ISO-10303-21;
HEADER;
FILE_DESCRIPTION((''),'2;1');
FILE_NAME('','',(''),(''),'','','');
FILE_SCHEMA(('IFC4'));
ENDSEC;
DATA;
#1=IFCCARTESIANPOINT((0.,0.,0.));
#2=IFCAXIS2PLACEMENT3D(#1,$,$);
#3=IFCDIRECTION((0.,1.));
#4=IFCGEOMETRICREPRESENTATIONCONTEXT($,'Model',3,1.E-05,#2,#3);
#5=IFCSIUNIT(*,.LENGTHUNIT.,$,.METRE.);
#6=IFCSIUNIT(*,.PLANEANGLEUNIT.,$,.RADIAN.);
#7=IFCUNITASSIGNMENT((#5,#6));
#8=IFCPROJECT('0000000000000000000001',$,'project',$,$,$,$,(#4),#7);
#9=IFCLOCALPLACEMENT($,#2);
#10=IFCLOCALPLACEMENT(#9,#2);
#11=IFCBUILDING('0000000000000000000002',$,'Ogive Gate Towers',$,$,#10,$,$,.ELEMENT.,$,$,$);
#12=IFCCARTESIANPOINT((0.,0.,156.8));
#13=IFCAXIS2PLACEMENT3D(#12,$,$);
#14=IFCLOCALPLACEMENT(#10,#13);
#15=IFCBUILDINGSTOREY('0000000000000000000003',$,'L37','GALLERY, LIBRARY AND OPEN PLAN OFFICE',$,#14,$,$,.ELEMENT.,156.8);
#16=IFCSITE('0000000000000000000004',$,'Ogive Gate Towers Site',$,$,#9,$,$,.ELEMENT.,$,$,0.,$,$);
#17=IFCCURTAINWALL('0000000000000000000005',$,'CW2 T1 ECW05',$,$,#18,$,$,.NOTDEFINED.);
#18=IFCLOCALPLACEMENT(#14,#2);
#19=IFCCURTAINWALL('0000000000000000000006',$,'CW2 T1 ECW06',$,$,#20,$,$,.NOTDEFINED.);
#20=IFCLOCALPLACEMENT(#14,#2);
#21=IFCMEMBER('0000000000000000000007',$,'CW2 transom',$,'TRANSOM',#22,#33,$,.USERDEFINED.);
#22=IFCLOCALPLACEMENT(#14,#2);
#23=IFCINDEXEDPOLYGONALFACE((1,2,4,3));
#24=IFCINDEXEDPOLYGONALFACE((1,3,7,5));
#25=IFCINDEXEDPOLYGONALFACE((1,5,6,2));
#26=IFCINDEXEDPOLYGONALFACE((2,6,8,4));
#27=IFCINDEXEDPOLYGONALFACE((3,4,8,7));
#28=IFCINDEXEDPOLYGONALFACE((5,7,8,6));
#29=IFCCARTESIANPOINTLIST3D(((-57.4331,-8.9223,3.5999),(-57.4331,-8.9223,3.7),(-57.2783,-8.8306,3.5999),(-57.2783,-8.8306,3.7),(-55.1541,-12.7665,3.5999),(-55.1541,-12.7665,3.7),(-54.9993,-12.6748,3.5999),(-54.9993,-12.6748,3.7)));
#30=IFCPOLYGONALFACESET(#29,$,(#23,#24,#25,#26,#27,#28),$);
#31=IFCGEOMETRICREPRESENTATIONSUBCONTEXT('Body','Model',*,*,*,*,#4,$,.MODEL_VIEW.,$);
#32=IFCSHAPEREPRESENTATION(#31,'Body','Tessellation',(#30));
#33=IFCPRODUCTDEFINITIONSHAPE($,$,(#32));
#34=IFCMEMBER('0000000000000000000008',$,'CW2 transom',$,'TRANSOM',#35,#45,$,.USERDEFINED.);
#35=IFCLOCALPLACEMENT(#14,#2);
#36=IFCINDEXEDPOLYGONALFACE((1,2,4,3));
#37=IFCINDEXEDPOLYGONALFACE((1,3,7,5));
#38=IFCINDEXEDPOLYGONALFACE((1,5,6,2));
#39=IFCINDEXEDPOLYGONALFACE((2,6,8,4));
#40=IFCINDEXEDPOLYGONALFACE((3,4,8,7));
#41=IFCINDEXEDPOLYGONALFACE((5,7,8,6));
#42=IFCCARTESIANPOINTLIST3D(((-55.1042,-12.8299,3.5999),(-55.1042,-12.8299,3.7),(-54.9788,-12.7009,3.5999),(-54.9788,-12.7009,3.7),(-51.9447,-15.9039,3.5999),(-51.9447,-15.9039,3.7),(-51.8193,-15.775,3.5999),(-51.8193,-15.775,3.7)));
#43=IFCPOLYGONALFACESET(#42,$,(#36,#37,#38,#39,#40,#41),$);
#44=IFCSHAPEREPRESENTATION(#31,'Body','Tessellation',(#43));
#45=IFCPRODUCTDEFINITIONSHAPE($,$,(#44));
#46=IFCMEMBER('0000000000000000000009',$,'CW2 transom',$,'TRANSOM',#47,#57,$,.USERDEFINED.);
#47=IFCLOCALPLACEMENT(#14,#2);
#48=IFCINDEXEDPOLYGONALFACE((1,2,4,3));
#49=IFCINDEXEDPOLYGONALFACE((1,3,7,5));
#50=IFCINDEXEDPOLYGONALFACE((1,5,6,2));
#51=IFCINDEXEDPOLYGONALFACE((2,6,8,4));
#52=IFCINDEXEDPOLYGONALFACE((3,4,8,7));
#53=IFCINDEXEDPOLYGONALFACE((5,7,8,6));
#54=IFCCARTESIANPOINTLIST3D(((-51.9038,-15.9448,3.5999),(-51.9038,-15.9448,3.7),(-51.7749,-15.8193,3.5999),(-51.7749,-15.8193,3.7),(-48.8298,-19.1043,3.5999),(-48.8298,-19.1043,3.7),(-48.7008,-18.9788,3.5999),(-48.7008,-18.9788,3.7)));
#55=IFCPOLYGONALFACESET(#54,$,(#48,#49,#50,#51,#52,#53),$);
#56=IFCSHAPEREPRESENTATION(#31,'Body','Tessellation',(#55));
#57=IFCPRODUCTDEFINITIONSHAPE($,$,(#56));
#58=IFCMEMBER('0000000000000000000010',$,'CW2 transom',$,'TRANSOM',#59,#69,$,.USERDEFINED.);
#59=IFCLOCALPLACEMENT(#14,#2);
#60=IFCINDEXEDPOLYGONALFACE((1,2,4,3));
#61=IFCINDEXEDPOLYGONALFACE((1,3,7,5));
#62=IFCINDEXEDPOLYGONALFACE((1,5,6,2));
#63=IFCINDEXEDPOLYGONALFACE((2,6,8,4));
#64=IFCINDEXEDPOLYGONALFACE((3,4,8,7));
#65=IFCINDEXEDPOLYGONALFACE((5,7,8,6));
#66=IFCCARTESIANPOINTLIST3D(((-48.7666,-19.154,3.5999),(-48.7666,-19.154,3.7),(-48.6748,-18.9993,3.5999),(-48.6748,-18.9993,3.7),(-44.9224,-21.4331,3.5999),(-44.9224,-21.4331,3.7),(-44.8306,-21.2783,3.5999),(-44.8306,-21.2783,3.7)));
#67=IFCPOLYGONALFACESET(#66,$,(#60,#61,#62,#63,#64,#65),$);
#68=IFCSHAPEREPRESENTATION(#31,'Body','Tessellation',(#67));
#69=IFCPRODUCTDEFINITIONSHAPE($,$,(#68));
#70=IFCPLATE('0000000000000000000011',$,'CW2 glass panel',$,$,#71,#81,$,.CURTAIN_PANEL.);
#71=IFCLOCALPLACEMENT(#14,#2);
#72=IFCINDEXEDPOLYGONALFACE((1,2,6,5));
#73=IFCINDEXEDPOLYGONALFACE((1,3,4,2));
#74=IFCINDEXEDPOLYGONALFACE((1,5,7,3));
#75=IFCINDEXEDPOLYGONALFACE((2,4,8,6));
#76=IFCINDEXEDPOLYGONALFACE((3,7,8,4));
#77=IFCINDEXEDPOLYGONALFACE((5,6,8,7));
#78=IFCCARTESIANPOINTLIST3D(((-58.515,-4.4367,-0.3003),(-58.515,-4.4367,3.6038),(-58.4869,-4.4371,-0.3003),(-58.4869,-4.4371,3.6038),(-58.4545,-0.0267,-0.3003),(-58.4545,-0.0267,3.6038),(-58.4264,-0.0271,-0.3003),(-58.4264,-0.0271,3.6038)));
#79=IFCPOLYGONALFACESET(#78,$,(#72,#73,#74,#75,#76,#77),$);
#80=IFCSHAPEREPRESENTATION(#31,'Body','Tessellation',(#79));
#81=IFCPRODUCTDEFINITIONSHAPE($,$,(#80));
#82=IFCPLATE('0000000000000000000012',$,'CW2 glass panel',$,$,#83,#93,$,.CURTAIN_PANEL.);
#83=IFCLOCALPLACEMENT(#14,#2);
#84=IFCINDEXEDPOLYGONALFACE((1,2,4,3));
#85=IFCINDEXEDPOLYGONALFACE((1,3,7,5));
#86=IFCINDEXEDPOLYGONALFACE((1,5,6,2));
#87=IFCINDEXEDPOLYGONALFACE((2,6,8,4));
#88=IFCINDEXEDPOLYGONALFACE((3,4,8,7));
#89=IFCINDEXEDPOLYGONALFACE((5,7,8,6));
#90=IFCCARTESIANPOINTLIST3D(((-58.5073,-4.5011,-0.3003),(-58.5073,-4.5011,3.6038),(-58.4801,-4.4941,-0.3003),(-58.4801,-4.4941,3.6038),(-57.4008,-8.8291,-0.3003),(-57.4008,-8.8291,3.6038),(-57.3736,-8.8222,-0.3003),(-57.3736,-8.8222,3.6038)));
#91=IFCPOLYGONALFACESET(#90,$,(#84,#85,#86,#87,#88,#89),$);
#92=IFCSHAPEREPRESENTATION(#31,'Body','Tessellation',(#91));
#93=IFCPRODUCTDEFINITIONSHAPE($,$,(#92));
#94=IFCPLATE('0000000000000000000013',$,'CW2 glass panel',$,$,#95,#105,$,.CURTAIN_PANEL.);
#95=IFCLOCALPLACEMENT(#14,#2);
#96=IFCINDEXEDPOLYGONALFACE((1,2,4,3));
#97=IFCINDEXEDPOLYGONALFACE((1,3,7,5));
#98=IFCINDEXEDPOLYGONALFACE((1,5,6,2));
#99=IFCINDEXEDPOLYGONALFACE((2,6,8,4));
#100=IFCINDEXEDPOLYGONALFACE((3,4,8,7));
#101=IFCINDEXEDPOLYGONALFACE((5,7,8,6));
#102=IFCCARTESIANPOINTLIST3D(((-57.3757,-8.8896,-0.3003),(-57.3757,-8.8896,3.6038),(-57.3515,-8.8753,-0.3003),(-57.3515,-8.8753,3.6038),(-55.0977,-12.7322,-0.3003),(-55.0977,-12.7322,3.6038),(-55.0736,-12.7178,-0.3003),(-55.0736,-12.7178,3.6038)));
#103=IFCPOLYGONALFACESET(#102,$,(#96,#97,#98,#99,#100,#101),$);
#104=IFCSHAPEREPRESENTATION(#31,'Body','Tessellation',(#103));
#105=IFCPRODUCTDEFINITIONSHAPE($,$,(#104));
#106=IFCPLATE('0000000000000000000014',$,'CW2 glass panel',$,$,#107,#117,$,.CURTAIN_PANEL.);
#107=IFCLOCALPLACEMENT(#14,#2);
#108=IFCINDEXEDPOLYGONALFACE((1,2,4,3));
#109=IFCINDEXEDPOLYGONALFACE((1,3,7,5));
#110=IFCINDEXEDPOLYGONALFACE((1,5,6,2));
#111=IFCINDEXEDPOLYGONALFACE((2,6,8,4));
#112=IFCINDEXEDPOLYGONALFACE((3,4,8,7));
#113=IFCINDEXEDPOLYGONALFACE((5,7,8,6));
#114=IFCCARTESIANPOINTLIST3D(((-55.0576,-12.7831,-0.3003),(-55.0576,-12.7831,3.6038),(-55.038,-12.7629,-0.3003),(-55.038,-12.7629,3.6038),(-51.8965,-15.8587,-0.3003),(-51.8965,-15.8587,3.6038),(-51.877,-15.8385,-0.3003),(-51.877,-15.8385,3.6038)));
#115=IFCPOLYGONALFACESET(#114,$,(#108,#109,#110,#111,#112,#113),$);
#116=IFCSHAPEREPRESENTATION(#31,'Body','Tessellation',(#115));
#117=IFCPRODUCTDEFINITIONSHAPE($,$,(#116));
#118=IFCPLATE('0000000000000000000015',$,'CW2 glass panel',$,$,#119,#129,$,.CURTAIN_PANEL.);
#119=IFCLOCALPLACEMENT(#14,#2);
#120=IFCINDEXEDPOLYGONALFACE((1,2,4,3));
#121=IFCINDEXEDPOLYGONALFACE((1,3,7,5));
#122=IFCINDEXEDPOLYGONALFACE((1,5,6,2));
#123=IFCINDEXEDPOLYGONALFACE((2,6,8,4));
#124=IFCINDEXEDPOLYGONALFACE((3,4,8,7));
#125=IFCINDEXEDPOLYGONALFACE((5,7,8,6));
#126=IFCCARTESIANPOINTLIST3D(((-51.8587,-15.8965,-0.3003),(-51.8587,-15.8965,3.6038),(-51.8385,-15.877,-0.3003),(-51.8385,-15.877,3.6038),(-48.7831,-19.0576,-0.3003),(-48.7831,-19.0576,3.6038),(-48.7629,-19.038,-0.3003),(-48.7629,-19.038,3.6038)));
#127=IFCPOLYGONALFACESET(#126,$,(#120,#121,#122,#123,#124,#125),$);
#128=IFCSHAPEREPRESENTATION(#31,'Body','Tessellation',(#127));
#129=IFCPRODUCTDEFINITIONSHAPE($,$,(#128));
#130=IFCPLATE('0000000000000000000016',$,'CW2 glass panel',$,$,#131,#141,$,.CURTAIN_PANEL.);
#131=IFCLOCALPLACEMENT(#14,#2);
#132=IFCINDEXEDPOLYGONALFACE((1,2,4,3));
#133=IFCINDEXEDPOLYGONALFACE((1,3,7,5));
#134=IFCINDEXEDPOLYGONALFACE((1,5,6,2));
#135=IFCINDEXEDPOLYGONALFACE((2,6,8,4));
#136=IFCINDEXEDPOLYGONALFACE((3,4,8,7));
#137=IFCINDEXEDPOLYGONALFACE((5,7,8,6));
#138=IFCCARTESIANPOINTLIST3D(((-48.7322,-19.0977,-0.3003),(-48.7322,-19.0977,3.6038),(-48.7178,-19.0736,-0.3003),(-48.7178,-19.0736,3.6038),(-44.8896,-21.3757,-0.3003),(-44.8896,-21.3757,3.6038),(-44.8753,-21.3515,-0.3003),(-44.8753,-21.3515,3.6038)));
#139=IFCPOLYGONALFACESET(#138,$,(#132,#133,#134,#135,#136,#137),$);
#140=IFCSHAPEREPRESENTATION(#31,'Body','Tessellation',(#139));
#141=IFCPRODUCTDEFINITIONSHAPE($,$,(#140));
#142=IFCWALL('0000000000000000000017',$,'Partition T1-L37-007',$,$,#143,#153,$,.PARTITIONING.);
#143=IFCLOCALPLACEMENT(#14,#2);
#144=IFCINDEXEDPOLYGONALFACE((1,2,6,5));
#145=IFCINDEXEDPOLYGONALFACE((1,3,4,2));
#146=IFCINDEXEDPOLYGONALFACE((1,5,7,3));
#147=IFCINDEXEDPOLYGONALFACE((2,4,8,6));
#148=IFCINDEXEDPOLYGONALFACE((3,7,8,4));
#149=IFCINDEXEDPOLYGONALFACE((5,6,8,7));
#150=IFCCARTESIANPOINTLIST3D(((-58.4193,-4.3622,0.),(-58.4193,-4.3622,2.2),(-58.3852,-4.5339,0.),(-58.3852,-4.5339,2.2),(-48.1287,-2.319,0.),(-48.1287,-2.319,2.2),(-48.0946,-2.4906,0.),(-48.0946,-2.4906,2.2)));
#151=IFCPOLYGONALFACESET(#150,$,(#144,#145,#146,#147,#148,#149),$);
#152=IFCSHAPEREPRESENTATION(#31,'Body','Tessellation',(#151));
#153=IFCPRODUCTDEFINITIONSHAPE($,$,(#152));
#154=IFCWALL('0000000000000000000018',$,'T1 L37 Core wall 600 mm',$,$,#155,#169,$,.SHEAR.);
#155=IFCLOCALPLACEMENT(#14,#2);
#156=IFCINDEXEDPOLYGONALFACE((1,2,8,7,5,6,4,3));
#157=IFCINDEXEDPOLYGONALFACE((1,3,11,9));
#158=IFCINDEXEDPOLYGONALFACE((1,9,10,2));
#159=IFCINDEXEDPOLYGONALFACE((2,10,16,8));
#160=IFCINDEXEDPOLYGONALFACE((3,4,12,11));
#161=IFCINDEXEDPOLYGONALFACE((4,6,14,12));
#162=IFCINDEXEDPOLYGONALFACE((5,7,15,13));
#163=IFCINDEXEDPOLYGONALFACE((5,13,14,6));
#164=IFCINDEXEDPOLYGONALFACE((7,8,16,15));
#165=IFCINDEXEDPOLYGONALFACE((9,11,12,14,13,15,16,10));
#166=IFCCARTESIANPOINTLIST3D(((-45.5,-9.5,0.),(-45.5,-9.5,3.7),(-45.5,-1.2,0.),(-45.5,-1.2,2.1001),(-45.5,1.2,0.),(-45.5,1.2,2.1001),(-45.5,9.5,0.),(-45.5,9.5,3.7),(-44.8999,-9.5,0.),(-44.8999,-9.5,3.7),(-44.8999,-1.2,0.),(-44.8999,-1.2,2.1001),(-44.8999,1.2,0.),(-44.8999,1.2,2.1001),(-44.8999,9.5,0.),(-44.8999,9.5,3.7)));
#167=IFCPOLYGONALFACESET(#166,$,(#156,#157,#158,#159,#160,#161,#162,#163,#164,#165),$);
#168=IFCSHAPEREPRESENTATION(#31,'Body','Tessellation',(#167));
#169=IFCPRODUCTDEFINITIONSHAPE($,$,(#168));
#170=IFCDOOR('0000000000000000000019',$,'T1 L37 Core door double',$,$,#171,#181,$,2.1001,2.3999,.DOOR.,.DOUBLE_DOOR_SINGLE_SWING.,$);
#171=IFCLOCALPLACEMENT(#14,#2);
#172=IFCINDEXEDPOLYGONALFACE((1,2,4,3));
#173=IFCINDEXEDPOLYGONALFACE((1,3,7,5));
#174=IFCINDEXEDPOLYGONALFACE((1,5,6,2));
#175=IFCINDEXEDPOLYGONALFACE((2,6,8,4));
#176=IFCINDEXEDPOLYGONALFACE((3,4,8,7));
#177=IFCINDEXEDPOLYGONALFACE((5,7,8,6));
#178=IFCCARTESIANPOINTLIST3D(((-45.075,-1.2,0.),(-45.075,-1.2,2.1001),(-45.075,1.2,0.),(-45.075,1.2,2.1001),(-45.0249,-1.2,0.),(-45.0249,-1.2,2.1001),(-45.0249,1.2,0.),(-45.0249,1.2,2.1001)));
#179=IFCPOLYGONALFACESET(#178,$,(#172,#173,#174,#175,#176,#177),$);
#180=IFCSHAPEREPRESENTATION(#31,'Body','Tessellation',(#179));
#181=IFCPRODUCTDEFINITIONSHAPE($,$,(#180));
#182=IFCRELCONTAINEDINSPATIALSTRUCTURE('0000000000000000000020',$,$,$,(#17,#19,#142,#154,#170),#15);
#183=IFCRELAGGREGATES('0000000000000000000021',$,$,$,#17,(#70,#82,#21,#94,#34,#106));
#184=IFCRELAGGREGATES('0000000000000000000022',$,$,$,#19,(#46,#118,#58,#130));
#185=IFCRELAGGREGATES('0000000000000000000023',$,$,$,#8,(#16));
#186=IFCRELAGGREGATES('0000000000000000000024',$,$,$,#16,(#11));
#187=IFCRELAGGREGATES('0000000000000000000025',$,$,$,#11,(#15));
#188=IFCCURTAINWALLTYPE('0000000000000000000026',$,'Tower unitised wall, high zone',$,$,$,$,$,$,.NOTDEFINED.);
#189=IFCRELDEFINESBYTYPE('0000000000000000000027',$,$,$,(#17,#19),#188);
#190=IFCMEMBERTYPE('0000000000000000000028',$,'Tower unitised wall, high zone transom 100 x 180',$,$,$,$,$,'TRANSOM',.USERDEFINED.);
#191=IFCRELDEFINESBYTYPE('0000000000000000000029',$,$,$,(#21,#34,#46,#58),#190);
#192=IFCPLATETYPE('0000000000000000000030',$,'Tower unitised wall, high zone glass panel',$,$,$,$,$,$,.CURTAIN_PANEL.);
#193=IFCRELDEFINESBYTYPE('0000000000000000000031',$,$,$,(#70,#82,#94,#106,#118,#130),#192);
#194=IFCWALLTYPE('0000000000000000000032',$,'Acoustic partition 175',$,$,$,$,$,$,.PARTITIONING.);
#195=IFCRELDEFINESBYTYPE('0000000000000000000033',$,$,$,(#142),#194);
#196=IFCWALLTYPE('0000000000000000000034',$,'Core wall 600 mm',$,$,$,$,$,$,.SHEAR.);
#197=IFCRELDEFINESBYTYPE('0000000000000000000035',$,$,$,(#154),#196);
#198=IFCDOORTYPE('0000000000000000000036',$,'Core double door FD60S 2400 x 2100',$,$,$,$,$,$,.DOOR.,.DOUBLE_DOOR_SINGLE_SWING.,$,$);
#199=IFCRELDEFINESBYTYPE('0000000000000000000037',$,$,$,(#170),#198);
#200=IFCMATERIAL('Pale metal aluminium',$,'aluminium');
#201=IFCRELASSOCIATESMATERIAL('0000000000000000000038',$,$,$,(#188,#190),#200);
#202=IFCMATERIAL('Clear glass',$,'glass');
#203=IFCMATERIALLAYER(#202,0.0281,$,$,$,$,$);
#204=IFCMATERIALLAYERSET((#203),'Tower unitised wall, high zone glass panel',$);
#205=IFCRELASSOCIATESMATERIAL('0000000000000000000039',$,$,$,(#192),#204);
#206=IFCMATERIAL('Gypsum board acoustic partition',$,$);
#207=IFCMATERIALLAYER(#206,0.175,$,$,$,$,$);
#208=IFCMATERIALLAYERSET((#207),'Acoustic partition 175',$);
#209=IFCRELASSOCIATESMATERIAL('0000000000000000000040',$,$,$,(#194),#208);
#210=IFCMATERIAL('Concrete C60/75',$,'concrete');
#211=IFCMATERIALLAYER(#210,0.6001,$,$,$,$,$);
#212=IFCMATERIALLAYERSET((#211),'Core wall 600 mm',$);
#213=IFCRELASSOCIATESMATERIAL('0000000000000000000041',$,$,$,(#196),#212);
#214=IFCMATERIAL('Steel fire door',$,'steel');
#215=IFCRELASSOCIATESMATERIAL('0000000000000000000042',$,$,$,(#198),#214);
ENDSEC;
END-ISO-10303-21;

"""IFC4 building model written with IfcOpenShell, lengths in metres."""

from ifc_helpers import new_model, si_unit, direction, frame, frame_2d, origin, origin_2d, place, context, subcontext, project, spatial, rectangle, extrude, material, layer, layer_set, material_profile, profile_set, type_object, element, fill, aggregate, save


model = new_model("IFC4")

# Units and contexts
model_context = context("Model", 3, precision=1e-05, world=origin(), true_north=direction((0.0, 1.0)))
body_context = subcontext(model_context, "Body", "Model", "MODEL_VIEW")
ifc_project = project(units=[si_unit("LENGTHUNIT", "METRE"), si_unit("PLANEANGLEUNIT", "RADIAN")], contexts=[model_context])

# Site, building, storey
site_placement = place(None, origin())
site = spatial("IfcSite", under=ifc_project, at=site_placement, Name="Ogive Gate Towers Site", CompositionType="ELEMENT", RefElevation=0.0)
building_placement = place(site_placement, origin())
building = spatial("IfcBuilding", under=site, at=building_placement, Name="Ogive Gate Towers", CompositionType="ELEMENT")
storey_placement = place(building_placement, frame((0.0, 0.0, 156.8)))
storey = spatial("IfcBuildingStorey", under=building, at=storey_placement, Name="L37", Description="GALLERY, LIBRARY AND OPEN PLAN OFFICE", CompositionType="ELEMENT", Elevation=156.8)

# Curtain wall
ifc_material_1 = material(Name="Pale metal aluminium", Category="aluminium")
curtain_wall_type = type_object("IfcCurtainWallType", Name="Tower unitised wall, high zone", PredefinedType="NOTDEFINED", material=ifc_material_1)
curtain_wall_1_placement = place(storey_placement, origin())
curtain_wall_1 = element("IfcCurtainWall", 1, at=curtain_wall_1_placement, inside=storey, type_object=curtain_wall_type, Name="CW2 T1 ECW05", PredefinedType="NOTDEFINED")

# Curtain wall
curtain_wall_2_placement = place(storey_placement, origin())
curtain_wall_2 = element("IfcCurtainWall", 2, at=curtain_wall_2_placement, inside=storey, type_object=curtain_wall_type, Name="CW2 T1 ECW06", PredefinedType="NOTDEFINED")

# Members
ifc_material_profile_1 = material_profile(ifc_material_1, rectangle(XDim=0.1799, YDim=0.1001, at=origin_2d()), Name="100 x 180 aluminium box")
ifc_profile_set_1 = profile_set([ifc_material_profile_1], Name="Pale metal aluminium")
member_type_1 = type_object("IfcMemberType", Name="Tower unitised wall, high zone transom 100 x 180", ElementType="TRANSOM", PredefinedType="USERDEFINED", material=ifc_profile_set_1)
member_1_placement = place(storey_placement, frame((-57.3557, -8.8765, 3.6499), z_axis=(0.509966, -0.860195, 0.0), x_axis=(0.860195, 0.509966, 0.0)))
member_1 = element("IfcMember", 3, at=member_1_placement, type_object=member_type_1, Name="CW2 transom", ObjectType="TRANSOM", PredefinedType="USERDEFINED", context=body_context, shape_type="SweptSolid", body=[
    extrude(rectangle(XDim=0.1799, YDim=0.1001, at=origin_2d()), origin(), (0.0, 0.0, 1.0), 4.469),
])
member_2_placement = place(storey_placement, frame((-55.0415, -12.7654, 3.6499), z_axis=(0.716733, -0.697348, 0.0), x_axis=(0.697348, 0.716733, 0.0)))
member_2 = element("IfcMember", 4, at=member_2_placement, type_object=member_type_1, Name="CW2 transom", ObjectType="TRANSOM", PredefinedType="USERDEFINED", context=body_context, shape_type="SweptSolid", body=[
    extrude(rectangle(XDim=0.1799, YDim=0.1001, at=origin_2d()), origin(), (0.0, 0.0, 1.0), 4.4082),
])
member_3_placement = place(storey_placement, frame((-51.8394, -15.8821, 3.6499), z_axis=(0.697348, -0.716733, 0.0), x_axis=(0.716733, 0.697348, 0.0)))
member_3 = element("IfcMember", 5, at=member_3_placement, type_object=member_type_1, Name="CW2 transom", ObjectType="TRANSOM", PredefinedType="USERDEFINED", context=body_context, shape_type="SweptSolid", body=[
    extrude(rectangle(XDim=0.1799, YDim=0.1001, at=origin_2d()), origin(), (0.0, 0.0, 1.0), 4.4082),
])
member_4_placement = place(storey_placement, frame((-48.7207, -19.0767, 3.6499), z_axis=(0.860195, -0.509966, 0.0), x_axis=(0.509966, 0.860195, 0.0)))
member_4 = element("IfcMember", 6, at=member_4_placement, type_object=member_type_1, Name="CW2 transom", ObjectType="TRANSOM", PredefinedType="USERDEFINED", context=body_context, shape_type="SweptSolid", body=[
    extrude(rectangle(XDim=0.1799, YDim=0.1001, at=origin_2d()), origin(), (0.0, 0.0, 1.0), 4.469),
])

# Plates
ifc_material_2 = material(Name="Clear glass", Category="glass")
ifc_layer_1 = layer(ifc_material_2, 0.0281)
ifc_layer_set_1 = layer_set([ifc_layer_1], Name="Tower unitised wall, high zone glass panel")
plate_type = type_object("IfcPlateType", Name="Tower unitised wall, high zone glass panel", PredefinedType="CURTAIN_PANEL", material=ifc_layer_set_1)
plate_1_placement = place(storey_placement, frame((-58.4707, -2.2319, -0.3003), z_axis=(0.0, 0.0, 1.0), x_axis=(-0.013718, -0.999906, 0.0)))
plate_1 = element("IfcPlate", 7, at=plate_1_placement, type_object=plate_type, Name="CW2 glass panel", PredefinedType="CURTAIN_PANEL", context=body_context, shape_type="SweptSolid", body=[
    extrude(rectangle(XDim=4.4104, YDim=0.0281, at=origin_2d()), origin(), (0.0, 0.0, 1.0), 3.9041),
])
plate_2_placement = place(storey_placement, frame((-57.9404, -6.6616, -0.3003), z_axis=(0.0, 0.0, 1.0), x_axis=(0.247692, -0.968839, 0.0)))
plate_2 = element("IfcPlate", 8, at=plate_2_placement, type_object=plate_type, Name="CW2 glass panel", PredefinedType="CURTAIN_PANEL", context=body_context, shape_type="SweptSolid", body=[
    extrude(rectangle(XDim=4.4673, YDim=0.0281, at=origin_2d()), origin(), (0.0, 0.0, 1.0), 3.9041),
])
plate_3_placement = place(storey_placement, frame((-56.2246, -10.8037, -0.3003), z_axis=(0.0, 0.0, 1.0), x_axis=(0.509943, -0.860208, 0.0)))
plate_3 = element("IfcPlate", 9, at=plate_3_placement, type_object=plate_type, Name="CW2 glass panel", PredefinedType="CURTAIN_PANEL", context=body_context, shape_type="SweptSolid", body=[
    extrude(rectangle(XDim=4.467, YDim=0.0281, at=origin_2d()), origin(), (0.0, 0.0, 1.0), 3.9041),
])
plate_4_placement = place(storey_placement, frame((-53.4673, -14.3108, -0.3003), z_axis=(0.0, 0.0, 1.0), x_axis=(0.716728, -0.697353, 0.0)))
plate_4 = element("IfcPlate", 10, at=plate_4_placement, type_object=plate_type, Name="CW2 glass panel", PredefinedType="CURTAIN_PANEL", context=body_context, shape_type="SweptSolid", body=[
    extrude(rectangle(XDim=4.4104, YDim=0.0281, at=origin_2d()), origin(), (0.0, 0.0, 1.0), 3.9041),
])
aggregate(curtain_wall_1, [plate_1, plate_2, member_1, plate_3, member_2, plate_4])
plate_5_placement = place(storey_placement, frame((-50.3108, -17.4673, -0.3003), z_axis=(0.0, 0.0, 1.0), x_axis=(0.697353, -0.716728, 0.0)))
plate_5 = element("IfcPlate", 11, at=plate_5_placement, type_object=plate_type, Name="CW2 glass panel", PredefinedType="CURTAIN_PANEL", context=body_context, shape_type="SweptSolid", body=[
    extrude(rectangle(XDim=4.4104, YDim=0.0281, at=origin_2d()), origin(), (0.0, 0.0, 1.0), 3.9041),
])
plate_6_placement = place(storey_placement, frame((-46.8037, -20.2246, -0.3003), z_axis=(0.0, 0.0, 1.0), x_axis=(0.860208, -0.509943, 0.0)))
plate_6 = element("IfcPlate", 12, at=plate_6_placement, type_object=plate_type, Name="CW2 glass panel", PredefinedType="CURTAIN_PANEL", context=body_context, shape_type="SweptSolid", body=[
    extrude(rectangle(XDim=4.467, YDim=0.0281, at=origin_2d()), origin(), (0.0, 0.0, 1.0), 3.9041),
])
aggregate(curtain_wall_2, [member_3, plate_5, member_4, plate_6])

# Wall
ifc_material_3 = material(Name="Gypsum board acoustic partition")
ifc_layer_2 = layer(ifc_material_3, 0.175)
ifc_layer_set_2 = layer_set([ifc_layer_2], Name="Acoustic partition 175")
wall_type_1 = type_object("IfcWallType", Name="Acoustic partition 175", PredefinedType="PARTITIONING", material=ifc_layer_set_2)
wall_1_placement = place(storey_placement, frame((-58.4021, -4.448, 0.0), z_axis=(0.0, 0.0, 1.0), x_axis=(0.980853, 0.194751, 0.0)))
element("IfcWall", 13, at=wall_1_placement, inside=storey, type_object=wall_type_1, Name="Partition T1-L37-007", PredefinedType="PARTITIONING", context=body_context, shape_type="SweptSolid", body=[
    extrude(rectangle(XDim=10.4915, YDim=0.175, at=frame_2d((5.2456, 0.0))), origin(), (0.0, 0.0, 1.0), 2.2),
])

# Wall, opening, door
ifc_material_4 = material(Name="Concrete C60/75", Category="concrete")
ifc_layer_3 = layer(ifc_material_4, 0.6001)
ifc_layer_set_3 = layer_set([ifc_layer_3], Name="Core wall 600 mm")
wall_type_2 = type_object("IfcWallType", Name="Core wall 600 mm", PredefinedType="SHEAR", material=ifc_layer_set_3)
wall_2_placement = place(storey_placement, frame((-45.2, -9.5, 0.0), z_axis=(0.0, 0.0, 1.0), x_axis=(0.0, 1.0, 0.0)))
wall_2 = element("IfcWall", 14, at=wall_2_placement, inside=storey, type_object=wall_type_2, Name="T1 L37 Core wall 600 mm", PredefinedType="SHEAR", context=body_context, shape_type="SweptSolid", body=[
    extrude(rectangle(XDim=19.0, YDim=0.6001, at=frame_2d((9.5, 0.0))), origin(), (0.0, 0.0, 1.0), 3.7),
])
opening_1_placement = place(wall_2_placement, frame((8.3, 0.0, 0.0)))
opening_1 = element("IfcOpeningElement", 15, at=opening_1_placement, cuts=wall_2, PredefinedType="OPENING", context=body_context, shape_type="SweptSolid", body=[
    extrude(rectangle(XDim=2.3999, YDim=2.1001, at=frame_2d((1.2, 1.05))), frame((0.0, 0.3101, 0.0), z_axis=(0.0, -1.0, 0.0), x_axis=(1.0, 0.0, 0.0)), (0.0, 0.0, 1.0), 0.6201),
])
ifc_material_5 = material(Name="Steel fire door", Category="steel")
door_type_1 = type_object("IfcDoorType", Name="Core double door FD60S 2400 x 2100", OperationType="DOUBLE_DOOR_SINGLE_SWING", PredefinedType="DOOR", material=ifc_material_5)
door_1_placement = place(opening_1_placement, origin())
door_1 = element("IfcDoor", 16, at=door_1_placement, inside=storey, type_object=door_type_1, Name="T1 L37 Core door double", OperationType="DOUBLE_DOOR_SINGLE_SWING", OverallHeight=2.1001, OverallWidth=2.3999, PredefinedType="DOOR", context=body_context, shape_type="SweptSolid", body=[
    extrude(rectangle(XDim=2.3999, YDim=2.1001, at=frame_2d((1.2, 1.05))), frame((0.0, -0.125, 0.0), z_axis=(0.0, -1.0, 0.0), x_axis=(1.0, 0.0, 0.0)), (0.0, 0.0, 1.0), 0.05),
])
fill(opening_1, door_1)

save(model, "model.ifc")
